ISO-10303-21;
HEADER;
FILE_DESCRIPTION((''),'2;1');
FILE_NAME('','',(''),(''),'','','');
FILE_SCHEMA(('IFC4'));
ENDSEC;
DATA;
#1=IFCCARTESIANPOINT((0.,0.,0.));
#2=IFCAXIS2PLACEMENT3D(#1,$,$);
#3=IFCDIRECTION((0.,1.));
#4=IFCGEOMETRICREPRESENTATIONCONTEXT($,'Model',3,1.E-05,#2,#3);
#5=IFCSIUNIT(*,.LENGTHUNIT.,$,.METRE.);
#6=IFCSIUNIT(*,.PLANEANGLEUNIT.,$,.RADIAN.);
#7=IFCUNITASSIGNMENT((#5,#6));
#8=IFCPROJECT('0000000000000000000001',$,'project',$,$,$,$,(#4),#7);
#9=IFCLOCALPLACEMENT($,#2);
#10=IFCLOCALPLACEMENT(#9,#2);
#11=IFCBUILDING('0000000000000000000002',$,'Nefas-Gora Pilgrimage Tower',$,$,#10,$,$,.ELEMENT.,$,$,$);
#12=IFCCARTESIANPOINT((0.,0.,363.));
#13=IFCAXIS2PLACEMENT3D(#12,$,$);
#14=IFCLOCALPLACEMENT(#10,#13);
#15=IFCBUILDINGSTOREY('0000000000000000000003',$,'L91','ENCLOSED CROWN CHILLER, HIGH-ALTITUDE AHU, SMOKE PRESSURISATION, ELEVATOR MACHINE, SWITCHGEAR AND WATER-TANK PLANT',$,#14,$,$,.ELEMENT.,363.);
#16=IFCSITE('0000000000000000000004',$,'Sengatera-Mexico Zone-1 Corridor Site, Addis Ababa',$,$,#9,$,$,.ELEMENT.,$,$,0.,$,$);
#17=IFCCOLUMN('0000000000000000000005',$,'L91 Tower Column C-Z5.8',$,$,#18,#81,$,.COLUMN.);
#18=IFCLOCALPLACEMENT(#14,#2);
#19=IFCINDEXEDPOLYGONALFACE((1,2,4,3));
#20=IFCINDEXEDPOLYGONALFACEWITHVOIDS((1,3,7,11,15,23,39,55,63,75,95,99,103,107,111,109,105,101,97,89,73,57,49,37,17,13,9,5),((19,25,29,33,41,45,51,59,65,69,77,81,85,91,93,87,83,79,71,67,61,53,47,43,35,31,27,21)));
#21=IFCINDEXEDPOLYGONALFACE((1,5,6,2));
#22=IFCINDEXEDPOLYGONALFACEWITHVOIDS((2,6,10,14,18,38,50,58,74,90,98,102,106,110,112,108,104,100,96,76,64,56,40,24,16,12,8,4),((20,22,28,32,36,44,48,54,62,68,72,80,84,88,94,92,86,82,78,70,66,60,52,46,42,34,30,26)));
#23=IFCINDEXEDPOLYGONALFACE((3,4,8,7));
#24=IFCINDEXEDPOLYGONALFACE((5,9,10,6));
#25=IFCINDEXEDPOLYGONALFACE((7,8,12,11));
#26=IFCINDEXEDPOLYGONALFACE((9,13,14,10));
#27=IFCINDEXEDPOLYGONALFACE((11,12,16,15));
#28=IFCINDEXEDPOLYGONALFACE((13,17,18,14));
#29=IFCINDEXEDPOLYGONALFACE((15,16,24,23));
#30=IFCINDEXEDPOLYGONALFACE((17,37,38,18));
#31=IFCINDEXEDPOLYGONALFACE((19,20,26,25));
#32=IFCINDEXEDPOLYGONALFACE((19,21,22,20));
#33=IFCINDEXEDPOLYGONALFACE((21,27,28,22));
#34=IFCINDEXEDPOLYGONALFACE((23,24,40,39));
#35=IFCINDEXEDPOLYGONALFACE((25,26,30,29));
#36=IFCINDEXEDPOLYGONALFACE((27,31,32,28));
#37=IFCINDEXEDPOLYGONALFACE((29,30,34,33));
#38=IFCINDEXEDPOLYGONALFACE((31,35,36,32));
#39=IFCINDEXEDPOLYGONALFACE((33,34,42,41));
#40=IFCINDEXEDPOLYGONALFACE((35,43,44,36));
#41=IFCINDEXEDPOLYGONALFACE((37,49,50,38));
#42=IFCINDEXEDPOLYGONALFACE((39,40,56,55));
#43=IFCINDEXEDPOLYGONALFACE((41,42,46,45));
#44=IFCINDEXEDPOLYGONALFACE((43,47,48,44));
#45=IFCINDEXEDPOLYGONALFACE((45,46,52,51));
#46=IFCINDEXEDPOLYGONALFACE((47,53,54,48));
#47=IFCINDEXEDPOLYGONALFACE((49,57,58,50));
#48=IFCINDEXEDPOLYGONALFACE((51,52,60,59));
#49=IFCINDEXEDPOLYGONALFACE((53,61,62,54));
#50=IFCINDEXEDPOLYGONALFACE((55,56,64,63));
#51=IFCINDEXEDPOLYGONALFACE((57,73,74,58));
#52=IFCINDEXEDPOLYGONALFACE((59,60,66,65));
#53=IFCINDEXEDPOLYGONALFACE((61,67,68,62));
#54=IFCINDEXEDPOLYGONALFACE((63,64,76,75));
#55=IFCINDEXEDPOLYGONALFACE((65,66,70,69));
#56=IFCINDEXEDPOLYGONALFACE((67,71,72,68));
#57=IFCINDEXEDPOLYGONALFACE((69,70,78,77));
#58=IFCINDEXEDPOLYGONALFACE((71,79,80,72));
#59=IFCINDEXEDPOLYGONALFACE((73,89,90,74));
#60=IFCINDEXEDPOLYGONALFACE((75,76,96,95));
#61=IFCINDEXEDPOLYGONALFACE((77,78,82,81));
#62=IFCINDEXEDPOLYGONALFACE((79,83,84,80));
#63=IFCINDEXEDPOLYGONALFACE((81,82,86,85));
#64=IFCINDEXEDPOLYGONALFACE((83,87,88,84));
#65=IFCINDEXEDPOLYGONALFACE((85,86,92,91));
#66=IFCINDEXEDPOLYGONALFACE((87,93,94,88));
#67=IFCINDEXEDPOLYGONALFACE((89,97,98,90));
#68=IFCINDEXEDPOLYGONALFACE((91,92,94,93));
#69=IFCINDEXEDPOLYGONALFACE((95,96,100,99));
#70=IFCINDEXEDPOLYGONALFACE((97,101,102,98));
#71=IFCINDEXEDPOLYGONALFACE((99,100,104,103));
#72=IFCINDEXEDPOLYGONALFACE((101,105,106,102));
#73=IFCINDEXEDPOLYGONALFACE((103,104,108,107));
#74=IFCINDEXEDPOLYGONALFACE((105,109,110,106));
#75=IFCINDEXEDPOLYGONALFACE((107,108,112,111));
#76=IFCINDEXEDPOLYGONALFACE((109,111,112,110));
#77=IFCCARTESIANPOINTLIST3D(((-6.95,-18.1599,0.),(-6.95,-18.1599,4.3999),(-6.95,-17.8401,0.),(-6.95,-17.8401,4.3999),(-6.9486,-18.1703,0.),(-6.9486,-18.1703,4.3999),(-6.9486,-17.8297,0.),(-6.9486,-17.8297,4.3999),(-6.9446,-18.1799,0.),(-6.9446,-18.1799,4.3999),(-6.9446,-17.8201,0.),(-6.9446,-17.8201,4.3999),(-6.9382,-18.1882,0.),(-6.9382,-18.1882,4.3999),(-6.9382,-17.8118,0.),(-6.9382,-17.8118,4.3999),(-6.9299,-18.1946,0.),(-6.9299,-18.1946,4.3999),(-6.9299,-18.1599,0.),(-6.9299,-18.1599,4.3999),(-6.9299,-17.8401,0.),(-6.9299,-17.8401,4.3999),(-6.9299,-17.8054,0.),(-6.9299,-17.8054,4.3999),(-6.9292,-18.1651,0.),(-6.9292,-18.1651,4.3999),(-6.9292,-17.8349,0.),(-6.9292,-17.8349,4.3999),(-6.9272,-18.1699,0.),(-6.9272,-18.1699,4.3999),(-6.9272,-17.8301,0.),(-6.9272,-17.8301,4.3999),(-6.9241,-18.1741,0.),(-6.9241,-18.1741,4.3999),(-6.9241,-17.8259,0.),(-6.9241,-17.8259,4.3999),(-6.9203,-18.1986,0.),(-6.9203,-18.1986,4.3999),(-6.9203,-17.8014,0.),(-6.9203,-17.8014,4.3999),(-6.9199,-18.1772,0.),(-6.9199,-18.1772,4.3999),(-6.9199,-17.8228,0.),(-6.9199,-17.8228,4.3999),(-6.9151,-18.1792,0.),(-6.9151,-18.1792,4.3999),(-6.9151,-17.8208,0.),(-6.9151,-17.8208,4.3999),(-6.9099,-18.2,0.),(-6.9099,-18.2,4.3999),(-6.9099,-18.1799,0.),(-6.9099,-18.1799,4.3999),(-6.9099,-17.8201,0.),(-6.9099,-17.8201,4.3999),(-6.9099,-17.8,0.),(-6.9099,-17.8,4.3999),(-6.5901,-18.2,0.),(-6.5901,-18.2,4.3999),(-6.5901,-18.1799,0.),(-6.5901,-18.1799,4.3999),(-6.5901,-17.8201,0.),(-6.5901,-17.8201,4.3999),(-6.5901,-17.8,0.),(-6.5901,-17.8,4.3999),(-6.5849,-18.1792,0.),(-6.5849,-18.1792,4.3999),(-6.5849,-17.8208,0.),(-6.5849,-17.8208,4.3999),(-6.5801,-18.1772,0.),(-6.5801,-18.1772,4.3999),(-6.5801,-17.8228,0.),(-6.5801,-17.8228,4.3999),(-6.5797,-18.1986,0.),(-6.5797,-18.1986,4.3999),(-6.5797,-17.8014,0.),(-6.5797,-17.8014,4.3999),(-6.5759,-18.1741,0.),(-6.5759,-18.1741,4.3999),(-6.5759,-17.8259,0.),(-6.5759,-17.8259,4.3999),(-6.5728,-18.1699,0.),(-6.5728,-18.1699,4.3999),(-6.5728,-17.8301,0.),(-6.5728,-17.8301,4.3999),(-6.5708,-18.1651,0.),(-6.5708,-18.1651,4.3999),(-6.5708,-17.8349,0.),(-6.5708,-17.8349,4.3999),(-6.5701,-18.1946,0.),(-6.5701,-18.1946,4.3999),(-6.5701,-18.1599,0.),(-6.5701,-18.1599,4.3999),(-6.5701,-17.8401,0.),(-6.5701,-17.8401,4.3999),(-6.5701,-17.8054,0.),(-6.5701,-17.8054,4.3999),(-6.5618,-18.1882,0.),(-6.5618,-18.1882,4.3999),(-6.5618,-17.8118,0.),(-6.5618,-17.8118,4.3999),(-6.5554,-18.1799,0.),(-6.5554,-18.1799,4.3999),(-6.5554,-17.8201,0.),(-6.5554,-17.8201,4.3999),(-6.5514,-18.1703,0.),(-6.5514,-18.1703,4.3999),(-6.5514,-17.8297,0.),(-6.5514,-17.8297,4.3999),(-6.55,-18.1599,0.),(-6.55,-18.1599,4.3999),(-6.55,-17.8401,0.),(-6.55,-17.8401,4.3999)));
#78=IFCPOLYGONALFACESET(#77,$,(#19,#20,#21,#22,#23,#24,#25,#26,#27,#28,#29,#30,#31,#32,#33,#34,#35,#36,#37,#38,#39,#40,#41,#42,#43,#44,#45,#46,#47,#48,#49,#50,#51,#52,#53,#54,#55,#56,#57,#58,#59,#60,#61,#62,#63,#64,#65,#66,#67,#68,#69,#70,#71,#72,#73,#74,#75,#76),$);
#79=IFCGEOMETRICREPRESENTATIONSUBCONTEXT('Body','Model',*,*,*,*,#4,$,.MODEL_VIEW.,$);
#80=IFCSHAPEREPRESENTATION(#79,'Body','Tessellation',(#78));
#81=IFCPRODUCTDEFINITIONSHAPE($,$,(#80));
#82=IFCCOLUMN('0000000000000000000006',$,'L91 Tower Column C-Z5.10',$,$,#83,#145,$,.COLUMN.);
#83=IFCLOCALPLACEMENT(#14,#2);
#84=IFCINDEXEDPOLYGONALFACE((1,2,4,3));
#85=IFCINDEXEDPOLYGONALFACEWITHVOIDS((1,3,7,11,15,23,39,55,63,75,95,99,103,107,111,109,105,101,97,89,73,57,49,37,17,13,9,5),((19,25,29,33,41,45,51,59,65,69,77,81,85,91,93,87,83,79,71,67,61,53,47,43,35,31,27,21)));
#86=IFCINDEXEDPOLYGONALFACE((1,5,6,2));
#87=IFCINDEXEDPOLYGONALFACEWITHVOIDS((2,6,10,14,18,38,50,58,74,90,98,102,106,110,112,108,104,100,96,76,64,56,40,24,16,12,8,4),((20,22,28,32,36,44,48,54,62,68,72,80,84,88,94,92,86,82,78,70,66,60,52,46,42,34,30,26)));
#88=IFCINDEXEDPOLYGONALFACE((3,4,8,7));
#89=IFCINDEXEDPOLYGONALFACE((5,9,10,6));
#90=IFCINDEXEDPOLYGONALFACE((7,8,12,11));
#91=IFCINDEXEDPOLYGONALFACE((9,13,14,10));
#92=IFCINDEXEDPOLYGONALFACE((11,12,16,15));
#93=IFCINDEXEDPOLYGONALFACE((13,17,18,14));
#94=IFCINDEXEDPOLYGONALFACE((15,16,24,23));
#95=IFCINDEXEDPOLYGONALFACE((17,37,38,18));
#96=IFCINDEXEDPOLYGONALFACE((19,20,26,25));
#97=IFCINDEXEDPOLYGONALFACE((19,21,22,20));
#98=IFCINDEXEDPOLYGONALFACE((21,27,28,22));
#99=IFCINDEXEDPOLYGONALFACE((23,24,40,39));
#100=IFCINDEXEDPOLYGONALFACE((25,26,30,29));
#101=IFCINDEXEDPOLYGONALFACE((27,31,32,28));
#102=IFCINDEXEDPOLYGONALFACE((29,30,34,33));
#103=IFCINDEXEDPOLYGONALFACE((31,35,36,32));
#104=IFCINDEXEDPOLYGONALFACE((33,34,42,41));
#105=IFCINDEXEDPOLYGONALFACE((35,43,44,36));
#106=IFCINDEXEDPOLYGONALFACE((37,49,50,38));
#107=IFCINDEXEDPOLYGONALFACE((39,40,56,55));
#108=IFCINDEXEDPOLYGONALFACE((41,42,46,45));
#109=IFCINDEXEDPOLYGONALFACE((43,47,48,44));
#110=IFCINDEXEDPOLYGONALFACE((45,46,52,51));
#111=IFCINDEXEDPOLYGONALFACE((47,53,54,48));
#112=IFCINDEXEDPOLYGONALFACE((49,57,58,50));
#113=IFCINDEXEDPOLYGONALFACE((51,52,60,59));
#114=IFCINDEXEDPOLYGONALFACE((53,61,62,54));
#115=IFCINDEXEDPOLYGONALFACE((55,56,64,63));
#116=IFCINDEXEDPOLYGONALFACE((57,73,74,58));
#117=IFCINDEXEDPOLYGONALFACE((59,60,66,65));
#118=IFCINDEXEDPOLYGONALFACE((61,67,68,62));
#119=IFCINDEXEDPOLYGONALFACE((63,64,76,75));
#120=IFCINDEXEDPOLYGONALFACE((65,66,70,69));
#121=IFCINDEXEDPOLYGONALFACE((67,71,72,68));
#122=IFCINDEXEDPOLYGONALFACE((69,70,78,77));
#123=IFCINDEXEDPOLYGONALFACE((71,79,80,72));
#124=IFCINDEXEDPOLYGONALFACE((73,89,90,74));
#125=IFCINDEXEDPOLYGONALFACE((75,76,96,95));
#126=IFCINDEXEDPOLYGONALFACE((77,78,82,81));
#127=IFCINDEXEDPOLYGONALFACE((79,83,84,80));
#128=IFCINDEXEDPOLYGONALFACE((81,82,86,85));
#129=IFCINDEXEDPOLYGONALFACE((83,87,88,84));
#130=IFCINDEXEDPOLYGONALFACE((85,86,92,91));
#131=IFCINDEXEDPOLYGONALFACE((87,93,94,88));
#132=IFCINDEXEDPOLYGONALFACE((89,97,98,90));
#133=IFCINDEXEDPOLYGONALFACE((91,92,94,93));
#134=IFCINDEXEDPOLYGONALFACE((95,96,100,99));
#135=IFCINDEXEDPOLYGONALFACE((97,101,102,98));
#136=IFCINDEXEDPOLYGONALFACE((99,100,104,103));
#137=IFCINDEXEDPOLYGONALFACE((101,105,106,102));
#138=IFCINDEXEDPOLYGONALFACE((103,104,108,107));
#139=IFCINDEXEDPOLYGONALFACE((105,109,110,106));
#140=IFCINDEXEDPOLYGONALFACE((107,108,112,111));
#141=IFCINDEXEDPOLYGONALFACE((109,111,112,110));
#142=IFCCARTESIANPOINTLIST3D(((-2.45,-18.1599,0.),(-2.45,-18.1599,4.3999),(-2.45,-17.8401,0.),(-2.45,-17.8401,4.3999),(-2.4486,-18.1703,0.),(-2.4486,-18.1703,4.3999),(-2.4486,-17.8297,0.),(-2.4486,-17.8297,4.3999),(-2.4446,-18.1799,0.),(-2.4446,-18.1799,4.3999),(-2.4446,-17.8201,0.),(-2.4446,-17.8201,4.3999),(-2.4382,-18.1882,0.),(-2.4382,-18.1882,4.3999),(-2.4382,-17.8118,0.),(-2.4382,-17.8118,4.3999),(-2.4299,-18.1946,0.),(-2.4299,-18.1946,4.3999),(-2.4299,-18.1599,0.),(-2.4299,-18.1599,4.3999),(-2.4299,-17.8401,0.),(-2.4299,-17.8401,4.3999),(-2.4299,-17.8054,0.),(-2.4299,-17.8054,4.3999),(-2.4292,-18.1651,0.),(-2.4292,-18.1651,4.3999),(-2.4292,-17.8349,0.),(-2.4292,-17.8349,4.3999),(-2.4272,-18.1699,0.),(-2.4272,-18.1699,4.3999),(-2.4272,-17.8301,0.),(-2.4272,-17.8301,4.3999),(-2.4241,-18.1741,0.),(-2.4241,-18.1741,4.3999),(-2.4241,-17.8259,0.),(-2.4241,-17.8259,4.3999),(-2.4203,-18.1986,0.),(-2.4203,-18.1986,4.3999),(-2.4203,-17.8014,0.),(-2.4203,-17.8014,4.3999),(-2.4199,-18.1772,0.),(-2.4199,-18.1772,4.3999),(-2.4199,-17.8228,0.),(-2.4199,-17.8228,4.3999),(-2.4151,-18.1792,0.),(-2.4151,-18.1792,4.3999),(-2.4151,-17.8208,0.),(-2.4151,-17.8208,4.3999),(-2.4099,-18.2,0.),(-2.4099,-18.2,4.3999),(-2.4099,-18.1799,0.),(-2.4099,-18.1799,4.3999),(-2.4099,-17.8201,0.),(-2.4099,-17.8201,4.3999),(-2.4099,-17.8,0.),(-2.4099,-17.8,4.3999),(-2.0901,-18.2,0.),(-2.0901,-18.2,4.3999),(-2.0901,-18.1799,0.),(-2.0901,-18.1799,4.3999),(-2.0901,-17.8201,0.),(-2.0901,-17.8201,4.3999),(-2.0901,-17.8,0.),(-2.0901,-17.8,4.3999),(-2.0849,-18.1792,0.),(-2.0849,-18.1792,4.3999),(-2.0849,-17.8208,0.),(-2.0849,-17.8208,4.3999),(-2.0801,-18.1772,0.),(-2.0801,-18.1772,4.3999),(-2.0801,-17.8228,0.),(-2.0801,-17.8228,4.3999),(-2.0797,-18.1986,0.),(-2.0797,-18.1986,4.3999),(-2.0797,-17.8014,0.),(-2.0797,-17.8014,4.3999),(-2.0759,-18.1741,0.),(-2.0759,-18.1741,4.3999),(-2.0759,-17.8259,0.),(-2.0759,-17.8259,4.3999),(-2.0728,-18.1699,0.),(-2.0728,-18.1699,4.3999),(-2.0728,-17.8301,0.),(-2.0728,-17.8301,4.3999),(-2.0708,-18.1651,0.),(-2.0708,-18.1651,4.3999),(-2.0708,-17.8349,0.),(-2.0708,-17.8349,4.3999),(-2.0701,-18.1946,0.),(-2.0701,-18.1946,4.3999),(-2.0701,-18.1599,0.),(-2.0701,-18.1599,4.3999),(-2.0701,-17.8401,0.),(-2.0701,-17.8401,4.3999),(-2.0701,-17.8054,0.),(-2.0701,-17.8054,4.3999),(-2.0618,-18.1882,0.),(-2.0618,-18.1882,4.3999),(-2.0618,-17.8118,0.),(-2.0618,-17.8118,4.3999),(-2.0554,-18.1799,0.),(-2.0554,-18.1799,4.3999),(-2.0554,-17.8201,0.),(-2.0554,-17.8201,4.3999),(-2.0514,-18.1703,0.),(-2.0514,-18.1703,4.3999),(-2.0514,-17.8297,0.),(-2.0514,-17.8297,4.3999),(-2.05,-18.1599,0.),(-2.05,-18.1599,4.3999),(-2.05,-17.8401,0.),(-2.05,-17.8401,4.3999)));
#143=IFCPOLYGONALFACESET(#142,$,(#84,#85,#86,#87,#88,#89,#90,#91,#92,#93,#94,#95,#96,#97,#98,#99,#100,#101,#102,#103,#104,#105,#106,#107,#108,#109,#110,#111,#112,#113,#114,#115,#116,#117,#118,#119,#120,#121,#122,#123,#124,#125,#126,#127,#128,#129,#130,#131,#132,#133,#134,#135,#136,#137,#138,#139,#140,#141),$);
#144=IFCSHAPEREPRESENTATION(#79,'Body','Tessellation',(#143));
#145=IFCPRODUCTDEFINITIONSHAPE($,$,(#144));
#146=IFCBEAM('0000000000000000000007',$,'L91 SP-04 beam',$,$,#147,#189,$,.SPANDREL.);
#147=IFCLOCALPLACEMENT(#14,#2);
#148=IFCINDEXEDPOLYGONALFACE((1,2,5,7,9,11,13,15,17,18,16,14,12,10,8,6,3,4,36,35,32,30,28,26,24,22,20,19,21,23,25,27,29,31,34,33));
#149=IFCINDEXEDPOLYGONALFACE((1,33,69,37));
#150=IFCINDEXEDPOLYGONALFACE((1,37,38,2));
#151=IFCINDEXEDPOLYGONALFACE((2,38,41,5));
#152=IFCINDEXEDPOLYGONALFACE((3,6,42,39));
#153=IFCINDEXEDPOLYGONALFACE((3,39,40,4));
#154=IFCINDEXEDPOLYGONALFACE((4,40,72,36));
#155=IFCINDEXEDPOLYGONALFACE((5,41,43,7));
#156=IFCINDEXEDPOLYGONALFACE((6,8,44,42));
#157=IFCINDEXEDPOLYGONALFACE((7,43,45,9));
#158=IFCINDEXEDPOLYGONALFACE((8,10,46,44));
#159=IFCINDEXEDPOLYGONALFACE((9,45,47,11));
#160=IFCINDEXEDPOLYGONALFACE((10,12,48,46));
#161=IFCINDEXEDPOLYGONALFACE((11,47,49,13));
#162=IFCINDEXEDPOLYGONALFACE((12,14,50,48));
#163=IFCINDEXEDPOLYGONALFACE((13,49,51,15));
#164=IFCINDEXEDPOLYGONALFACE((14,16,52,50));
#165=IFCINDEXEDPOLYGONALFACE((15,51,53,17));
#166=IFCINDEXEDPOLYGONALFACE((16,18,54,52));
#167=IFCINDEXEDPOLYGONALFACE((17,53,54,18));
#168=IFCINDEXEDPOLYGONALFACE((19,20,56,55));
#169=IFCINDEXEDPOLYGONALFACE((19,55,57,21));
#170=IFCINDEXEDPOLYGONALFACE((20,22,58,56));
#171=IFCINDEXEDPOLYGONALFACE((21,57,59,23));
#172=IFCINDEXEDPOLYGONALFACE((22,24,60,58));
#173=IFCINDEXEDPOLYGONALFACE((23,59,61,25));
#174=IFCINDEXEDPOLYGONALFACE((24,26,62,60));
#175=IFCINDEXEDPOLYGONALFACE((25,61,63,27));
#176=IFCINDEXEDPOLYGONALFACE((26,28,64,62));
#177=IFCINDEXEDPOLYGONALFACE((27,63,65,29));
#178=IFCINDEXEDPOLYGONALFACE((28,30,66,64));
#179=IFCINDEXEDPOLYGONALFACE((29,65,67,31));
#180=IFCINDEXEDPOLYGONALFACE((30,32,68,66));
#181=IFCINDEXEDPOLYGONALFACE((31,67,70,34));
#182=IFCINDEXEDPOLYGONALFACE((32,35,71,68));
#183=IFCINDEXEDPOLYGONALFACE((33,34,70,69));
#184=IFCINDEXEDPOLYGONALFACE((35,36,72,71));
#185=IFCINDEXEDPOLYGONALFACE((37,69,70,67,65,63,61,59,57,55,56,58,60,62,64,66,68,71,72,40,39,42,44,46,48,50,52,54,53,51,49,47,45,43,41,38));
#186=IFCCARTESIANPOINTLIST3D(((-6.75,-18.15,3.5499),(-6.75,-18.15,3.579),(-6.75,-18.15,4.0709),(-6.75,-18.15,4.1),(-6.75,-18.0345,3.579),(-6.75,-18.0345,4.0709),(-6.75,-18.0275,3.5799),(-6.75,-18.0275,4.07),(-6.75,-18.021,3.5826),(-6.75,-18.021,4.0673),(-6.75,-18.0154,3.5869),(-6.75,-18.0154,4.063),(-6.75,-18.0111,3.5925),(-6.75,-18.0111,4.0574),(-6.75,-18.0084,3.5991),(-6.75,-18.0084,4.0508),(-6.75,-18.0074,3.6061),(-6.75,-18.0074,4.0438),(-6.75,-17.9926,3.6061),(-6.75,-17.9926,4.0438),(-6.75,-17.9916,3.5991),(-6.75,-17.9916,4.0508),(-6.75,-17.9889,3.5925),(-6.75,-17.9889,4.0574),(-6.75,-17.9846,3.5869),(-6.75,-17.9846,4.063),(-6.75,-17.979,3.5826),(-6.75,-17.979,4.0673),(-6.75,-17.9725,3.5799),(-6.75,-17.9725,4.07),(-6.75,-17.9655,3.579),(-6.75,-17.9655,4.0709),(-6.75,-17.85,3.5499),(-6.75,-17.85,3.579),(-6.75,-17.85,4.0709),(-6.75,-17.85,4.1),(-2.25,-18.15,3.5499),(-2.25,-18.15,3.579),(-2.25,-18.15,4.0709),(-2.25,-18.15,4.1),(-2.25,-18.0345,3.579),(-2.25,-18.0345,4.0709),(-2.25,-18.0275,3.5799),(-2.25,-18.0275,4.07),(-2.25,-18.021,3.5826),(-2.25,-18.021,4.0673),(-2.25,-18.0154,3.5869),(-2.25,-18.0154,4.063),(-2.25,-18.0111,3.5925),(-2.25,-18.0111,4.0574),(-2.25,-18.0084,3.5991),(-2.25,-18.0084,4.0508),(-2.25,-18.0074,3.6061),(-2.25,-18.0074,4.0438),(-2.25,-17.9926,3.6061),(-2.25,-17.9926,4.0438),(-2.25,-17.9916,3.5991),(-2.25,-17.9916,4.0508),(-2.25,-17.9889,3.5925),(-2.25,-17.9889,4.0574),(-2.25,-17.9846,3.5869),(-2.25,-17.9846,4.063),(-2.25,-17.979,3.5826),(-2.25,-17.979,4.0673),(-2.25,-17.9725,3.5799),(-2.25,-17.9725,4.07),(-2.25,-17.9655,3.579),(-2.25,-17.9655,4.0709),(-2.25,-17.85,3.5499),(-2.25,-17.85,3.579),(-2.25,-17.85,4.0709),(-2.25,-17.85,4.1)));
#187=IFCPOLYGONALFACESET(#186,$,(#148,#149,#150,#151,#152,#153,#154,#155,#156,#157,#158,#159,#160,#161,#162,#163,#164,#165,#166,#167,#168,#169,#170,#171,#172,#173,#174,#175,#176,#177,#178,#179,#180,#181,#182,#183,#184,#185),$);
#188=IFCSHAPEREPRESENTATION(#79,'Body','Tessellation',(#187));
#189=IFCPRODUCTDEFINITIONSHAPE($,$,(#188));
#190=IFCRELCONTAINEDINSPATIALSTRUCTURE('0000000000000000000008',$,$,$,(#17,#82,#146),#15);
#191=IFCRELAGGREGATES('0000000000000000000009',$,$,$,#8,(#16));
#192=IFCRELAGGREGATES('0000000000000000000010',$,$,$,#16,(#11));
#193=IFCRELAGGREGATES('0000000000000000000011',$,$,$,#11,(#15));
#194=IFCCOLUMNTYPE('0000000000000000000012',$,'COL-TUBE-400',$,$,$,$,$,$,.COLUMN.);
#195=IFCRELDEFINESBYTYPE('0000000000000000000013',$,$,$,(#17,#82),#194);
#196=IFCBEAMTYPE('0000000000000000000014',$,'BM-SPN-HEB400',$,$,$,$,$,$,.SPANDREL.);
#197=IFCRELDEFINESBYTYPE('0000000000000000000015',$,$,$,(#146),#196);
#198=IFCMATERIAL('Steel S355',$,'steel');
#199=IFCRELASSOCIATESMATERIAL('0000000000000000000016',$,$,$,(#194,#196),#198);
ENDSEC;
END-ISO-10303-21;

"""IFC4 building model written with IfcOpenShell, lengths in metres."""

from ifc_helpers import new_model, si_unit, direction, frame, origin, origin_2d, place, context, subcontext, project, spatial, hollow_rectangle, i_section, extrude, source, transform, mapped, material, material_profile, profile_set, type_object, element, save


model = new_model("IFC4")

# Units and contexts
model_context = context("Model", 3, precision=1e-05, world=origin(), true_north=direction((0.0, 1.0)))
body_context = subcontext(model_context, "Body", "Model", "MODEL_VIEW")
ifc_project = project(units=[si_unit("LENGTHUNIT", "METRE"), si_unit("PLANEANGLEUNIT", "RADIAN")], contexts=[model_context])

# Site, building, storey
site_placement = place(None, origin())
site = spatial("IfcSite", under=ifc_project, at=site_placement, Name="Sengatera-Mexico Zone-1 Corridor Site, Addis Ababa", CompositionType="ELEMENT", RefElevation=0.0)
building_placement = place(site_placement, origin())
building = spatial("IfcBuilding", under=site, at=building_placement, Name="Nefas-Gora Pilgrimage Tower", CompositionType="ELEMENT")
storey_placement = place(building_placement, frame((0.0, 0.0, 363.0)))
storey = spatial("IfcBuildingStorey", under=building, at=storey_placement, Name="L91", Description="ENCLOSED CROWN CHILLER, HIGH-ALTITUDE AHU, SMOKE PRESSURISATION, ELEVATOR MACHINE, SWITCHGEAR AND WATER-TANK PLANT", CompositionType="ELEMENT", Elevation=363.0)

# Columns
ifc_material_1 = material(Name="Steel S355", Category="steel")
ifc_material_profile_1 = material_profile(ifc_material_1, hollow_rectangle(XDim=0.3999, YDim=0.3999, WallThickness=0.02, InnerFilletRadius=0.02, OuterFilletRadius=0.04, at=origin_2d()), Name="SHS 400x400x20")
ifc_profile_set_1 = profile_set([ifc_material_profile_1], Name="Steel S355")
column_type = type_object("IfcColumnType", Name="COL-TUBE-400", PredefinedType="COLUMN", material=ifc_profile_set_1)
shared_shape_1 = source(origin(), body_context, "Body", "SweptSolid", [
    extrude(hollow_rectangle(XDim=0.3999, YDim=0.3999, WallThickness=0.02, InnerFilletRadius=0.02, OuterFilletRadius=0.04, at=origin_2d()), origin(), (0.0, 0.0, 1.0), 4.3999),
])
for number, where, z_axis, x_axis, name in (
    (1, (-6.75, -18.0, 0.0), (0.0, 0.0, 1.0), (1.0, 0.0, 0.0), "L91 Tower Column C-Z5.8"),
    (2, (-2.25, -18.0, 0.0), (0.0, 0.0, 1.0), (1.0, 0.0, 0.0), "L91 Tower Column C-Z5.10"),
):
    element("IfcColumn", number, at=place(storey_placement, frame(where, z_axis=z_axis, x_axis=x_axis)), inside=storey, type_object=column_type, Name=name, PredefinedType="COLUMN", context=body_context, shape_type="MappedRepresentation", body=[
        mapped(shared_shape_1, transform((0.0, 0.0, 0.0), x_axis=(1.0, 0.0, 0.0), y_axis=(0.0, 1.0, 0.0), z_axis=(0.0, 0.0, 1.0), scale=1.0)),
    ])

# Beam
ifc_material_profile_2 = material_profile(ifc_material_1, i_section(OverallWidth=0.3, OverallDepth=0.55, WebThickness=0.0149, FlangeThickness=0.0291, FilletRadius=0.0271, at=origin_2d()), Name="HEB 550")
ifc_profile_set_2 = profile_set([ifc_material_profile_2], Name="Steel S355")
beam_type = type_object("IfcBeamType", Name="BM-SPN-HEB400", PredefinedType="SPANDREL", material=ifc_profile_set_2)
shared_shape_2 = source(origin(), body_context, "Body", "SweptSolid", [
    extrude(i_section(OverallWidth=0.3, OverallDepth=0.55, WebThickness=0.0149, FlangeThickness=0.0291, FilletRadius=0.0271, at=origin_2d()), origin(), (0.0, 0.0, 1.0), 4.5),
])
for number, where, z_axis, x_axis, name in (
    (3, (-6.75, -18.0, 3.825), (1.0, 0.0, 0.0), (0.0, 1.0, 0.0), "L91 SP-04 beam"),
):
    element("IfcBeam", number, at=place(storey_placement, frame(where, z_axis=z_axis, x_axis=x_axis)), inside=storey, type_object=beam_type, Name=name, PredefinedType="SPANDREL", context=body_context, shape_type="MappedRepresentation", body=[
        mapped(shared_shape_2, transform((0.0, 0.0, 0.0), x_axis=(1.0, 0.0, 0.0), y_axis=(0.0, 1.0, 0.0), z_axis=(0.0, 0.0, 1.0), scale=1.0)),
    ])

save(model, "model.ifc")
